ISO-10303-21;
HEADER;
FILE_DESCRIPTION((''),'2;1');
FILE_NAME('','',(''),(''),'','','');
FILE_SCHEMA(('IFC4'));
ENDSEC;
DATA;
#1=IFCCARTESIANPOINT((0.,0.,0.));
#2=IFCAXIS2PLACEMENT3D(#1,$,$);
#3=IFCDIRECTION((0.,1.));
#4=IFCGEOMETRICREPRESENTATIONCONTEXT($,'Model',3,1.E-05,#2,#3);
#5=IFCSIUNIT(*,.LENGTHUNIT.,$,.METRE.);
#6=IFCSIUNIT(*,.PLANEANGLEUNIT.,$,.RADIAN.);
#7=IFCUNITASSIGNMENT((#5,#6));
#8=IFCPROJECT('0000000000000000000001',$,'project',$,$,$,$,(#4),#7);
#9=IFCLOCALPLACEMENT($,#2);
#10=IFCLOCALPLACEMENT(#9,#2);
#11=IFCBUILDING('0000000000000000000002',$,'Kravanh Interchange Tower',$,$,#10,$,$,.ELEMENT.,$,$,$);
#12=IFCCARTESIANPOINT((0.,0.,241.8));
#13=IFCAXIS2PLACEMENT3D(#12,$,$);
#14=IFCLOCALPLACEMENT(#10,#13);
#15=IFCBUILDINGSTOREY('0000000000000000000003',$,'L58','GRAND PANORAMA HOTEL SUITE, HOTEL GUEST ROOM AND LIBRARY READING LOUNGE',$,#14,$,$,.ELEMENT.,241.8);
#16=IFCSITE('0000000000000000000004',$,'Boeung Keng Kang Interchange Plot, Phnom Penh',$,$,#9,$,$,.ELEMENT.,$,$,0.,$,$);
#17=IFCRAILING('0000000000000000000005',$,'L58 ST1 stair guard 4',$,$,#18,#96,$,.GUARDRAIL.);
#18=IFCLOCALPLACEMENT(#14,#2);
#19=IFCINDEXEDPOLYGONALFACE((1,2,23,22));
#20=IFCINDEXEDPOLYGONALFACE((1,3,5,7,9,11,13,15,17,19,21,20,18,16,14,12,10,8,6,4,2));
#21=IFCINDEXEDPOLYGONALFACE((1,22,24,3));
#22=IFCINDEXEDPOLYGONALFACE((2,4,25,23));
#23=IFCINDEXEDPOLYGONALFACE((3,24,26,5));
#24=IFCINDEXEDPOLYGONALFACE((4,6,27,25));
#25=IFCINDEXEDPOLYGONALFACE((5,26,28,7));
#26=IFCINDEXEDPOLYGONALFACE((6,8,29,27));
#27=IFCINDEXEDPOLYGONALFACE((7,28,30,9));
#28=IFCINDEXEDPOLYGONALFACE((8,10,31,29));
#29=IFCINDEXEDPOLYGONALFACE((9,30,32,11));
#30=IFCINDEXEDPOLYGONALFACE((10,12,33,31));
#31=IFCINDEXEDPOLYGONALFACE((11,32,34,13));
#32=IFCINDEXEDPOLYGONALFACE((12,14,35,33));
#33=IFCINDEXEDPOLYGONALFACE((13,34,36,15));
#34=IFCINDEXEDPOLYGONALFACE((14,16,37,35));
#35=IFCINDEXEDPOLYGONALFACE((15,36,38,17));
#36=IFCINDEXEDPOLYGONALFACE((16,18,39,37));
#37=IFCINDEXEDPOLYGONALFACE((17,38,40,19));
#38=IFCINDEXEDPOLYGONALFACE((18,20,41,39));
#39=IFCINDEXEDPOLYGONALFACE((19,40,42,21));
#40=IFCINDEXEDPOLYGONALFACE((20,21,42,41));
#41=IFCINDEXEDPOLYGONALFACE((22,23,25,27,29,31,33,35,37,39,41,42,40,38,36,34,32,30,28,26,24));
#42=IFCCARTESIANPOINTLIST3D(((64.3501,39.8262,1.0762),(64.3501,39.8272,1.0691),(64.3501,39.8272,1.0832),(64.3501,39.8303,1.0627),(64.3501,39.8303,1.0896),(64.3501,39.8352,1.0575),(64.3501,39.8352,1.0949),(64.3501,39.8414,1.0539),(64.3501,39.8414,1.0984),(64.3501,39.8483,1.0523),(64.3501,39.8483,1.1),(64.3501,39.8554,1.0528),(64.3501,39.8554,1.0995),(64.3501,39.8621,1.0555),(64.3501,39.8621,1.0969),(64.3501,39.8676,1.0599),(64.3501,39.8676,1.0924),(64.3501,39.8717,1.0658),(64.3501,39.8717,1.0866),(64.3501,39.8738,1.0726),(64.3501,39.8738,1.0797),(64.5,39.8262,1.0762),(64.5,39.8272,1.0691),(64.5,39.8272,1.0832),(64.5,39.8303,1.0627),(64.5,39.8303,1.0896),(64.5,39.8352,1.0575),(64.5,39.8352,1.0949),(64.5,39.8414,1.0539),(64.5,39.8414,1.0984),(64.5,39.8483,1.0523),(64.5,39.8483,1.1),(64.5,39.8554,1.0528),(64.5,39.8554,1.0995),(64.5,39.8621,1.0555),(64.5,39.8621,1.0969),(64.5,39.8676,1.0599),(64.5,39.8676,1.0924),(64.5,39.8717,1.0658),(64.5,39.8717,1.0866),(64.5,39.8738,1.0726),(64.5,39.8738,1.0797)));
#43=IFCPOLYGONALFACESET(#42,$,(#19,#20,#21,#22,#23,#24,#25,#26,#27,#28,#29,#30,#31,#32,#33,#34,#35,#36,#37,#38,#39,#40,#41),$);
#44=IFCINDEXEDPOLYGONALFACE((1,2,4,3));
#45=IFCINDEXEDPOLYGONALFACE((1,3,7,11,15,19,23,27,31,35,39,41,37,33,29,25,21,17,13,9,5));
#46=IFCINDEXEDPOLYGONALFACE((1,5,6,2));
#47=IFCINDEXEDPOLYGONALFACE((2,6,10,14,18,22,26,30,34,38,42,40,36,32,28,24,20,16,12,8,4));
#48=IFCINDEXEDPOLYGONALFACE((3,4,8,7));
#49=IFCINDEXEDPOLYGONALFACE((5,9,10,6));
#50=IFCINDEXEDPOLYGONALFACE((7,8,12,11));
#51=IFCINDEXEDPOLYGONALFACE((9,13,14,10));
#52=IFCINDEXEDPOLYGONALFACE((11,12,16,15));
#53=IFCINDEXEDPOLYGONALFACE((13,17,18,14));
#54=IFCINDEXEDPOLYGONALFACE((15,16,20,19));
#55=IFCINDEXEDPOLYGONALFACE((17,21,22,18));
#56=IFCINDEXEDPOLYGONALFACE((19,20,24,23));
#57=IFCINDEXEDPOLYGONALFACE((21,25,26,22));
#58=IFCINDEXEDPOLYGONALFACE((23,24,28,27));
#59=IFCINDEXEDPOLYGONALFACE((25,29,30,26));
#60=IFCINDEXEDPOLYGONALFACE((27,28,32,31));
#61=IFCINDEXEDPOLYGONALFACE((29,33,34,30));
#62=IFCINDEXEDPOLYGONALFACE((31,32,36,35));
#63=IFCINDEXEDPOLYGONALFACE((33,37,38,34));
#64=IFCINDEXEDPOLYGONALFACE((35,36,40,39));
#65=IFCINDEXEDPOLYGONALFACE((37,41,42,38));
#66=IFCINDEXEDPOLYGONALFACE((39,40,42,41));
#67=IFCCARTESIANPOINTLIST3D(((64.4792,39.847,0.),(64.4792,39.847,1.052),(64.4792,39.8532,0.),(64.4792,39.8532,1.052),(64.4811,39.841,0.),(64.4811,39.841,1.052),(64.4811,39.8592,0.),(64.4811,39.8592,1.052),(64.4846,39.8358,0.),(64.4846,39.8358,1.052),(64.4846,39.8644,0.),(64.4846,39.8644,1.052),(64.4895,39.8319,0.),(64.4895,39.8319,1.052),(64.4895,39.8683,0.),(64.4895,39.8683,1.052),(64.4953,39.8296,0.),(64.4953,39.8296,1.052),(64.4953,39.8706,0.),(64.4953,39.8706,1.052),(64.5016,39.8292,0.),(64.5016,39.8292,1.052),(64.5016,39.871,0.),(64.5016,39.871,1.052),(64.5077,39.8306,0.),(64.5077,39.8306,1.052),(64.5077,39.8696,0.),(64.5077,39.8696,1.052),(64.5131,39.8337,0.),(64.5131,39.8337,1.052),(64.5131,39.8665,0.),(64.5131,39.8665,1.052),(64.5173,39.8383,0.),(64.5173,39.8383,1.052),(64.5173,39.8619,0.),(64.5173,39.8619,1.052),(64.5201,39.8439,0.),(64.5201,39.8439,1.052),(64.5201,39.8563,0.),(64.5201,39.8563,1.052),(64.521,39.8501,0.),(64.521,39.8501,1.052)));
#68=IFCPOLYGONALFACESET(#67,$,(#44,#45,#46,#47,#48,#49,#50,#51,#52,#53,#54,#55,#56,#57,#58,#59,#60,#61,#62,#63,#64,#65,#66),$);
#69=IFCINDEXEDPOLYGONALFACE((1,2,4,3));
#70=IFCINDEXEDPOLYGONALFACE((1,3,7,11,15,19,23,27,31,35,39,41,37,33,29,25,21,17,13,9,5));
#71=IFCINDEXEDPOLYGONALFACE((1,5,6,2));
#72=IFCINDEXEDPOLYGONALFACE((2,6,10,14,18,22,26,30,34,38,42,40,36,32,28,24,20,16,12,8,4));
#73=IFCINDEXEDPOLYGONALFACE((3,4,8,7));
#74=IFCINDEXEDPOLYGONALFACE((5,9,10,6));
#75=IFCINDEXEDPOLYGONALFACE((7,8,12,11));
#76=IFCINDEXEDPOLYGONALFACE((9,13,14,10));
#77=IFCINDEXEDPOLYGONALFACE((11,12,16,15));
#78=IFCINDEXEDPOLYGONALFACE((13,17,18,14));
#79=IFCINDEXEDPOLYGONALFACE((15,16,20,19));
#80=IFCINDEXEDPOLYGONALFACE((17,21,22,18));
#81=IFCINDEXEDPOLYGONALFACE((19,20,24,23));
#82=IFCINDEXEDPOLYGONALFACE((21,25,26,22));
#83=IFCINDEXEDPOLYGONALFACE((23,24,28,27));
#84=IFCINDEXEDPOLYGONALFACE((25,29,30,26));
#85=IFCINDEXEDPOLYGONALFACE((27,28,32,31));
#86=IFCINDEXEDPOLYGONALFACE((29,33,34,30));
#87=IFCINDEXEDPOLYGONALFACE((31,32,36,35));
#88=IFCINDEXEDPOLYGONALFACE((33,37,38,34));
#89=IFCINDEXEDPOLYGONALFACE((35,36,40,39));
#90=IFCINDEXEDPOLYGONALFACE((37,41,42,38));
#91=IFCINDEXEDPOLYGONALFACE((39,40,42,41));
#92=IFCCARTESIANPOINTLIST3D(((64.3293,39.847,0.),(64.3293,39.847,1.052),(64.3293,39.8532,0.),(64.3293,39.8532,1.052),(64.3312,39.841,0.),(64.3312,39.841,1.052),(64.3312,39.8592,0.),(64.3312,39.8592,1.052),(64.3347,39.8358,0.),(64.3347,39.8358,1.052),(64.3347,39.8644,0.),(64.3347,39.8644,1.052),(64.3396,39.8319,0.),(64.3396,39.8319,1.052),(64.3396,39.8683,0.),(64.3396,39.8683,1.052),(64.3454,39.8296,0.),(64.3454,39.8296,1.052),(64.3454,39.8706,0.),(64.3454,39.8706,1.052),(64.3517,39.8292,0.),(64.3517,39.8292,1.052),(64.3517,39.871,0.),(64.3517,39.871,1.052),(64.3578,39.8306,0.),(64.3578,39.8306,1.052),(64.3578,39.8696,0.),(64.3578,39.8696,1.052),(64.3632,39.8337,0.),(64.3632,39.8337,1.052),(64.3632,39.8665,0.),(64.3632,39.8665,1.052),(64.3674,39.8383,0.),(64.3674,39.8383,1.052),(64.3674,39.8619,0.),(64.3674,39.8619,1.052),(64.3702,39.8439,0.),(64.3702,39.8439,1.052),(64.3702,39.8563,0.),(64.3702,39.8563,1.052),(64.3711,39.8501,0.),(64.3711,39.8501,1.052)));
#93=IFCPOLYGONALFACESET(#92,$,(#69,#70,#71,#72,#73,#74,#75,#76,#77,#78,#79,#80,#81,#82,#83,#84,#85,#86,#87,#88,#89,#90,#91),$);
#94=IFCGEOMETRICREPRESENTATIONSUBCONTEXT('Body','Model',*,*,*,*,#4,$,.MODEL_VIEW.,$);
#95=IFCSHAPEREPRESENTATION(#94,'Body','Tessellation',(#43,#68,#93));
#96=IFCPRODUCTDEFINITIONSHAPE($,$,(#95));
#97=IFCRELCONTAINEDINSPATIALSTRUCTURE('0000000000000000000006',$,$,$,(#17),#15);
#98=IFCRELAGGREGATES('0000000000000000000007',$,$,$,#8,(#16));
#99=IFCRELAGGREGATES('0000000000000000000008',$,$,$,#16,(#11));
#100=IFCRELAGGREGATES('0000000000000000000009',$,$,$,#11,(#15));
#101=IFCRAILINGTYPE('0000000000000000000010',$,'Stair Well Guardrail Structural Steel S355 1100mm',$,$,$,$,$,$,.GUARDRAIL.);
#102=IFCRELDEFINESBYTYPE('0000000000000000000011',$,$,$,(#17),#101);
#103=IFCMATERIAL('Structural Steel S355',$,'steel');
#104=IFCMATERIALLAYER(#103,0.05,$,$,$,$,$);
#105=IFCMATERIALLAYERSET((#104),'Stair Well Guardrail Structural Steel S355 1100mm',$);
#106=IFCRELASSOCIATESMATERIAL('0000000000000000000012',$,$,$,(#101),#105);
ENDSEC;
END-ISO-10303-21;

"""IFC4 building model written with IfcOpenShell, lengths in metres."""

from ifc_helpers import new_model, si_unit, direction, frame, origin, origin_2d, place, context, subcontext, project, spatial, circle, extrude, material, layer, layer_set, type_object, element, save


model = new_model("IFC4")

# Units and contexts
model_context = context("Model", 3, precision=1e-05, world=origin(), true_north=direction((0.0, 1.0)))
body_context = subcontext(model_context, "Body", "Model", "MODEL_VIEW")
ifc_project = project(units=[si_unit("LENGTHUNIT", "METRE"), si_unit("PLANEANGLEUNIT", "RADIAN")], contexts=[model_context])

# Site, building, storey
site_placement = place(None, origin())
site = spatial("IfcSite", under=ifc_project, at=site_placement, Name="Boeung Keng Kang Interchange Plot, Phnom Penh", CompositionType="ELEMENT", RefElevation=0.0)
building_placement = place(site_placement, origin())
building = spatial("IfcBuilding", under=site, at=building_placement, Name="Kravanh Interchange Tower", CompositionType="ELEMENT")
storey_placement = place(building_placement, frame((0.0, 0.0, 241.8)))
storey = spatial("IfcBuildingStorey", under=building, at=storey_placement, Name="L58", Description="GRAND PANORAMA HOTEL SUITE, HOTEL GUEST ROOM AND LIBRARY READING LOUNGE", CompositionType="ELEMENT", Elevation=241.8)

# Railing
ifc_material_1 = material(Name="Structural Steel S355", Category="steel")
ifc_layer_1 = layer(ifc_material_1, 0.05)
ifc_layer_set_1 = layer_set([ifc_layer_1], Name="Stair Well Guardrail Structural Steel S355 1100mm")
railing_type_1 = type_object("IfcRailingType", Name="Stair Well Guardrail Structural Steel S355 1100mm", PredefinedType="GUARDRAIL", material=ifc_layer_set_1)
railing_1_placement = place(storey_placement, frame((64.5, 39.8501, 0.0)))
element("IfcRailing", 1, at=railing_1_placement, inside=storey, type_object=railing_type_1, Name="L58 ST1 stair guard 4", PredefinedType="GUARDRAIL", context=body_context, shape_type="SweptSolid", body=[
    extrude(circle(Radius=0.0239, at=origin_2d()), frame((0.0, 0.0, 1.0762), z_axis=(-1.0, 0.0, 0.0), x_axis=(0.0, -1.0, 0.0)), (0.0, 0.0, 1.0), 0.1499),
    extrude(circle(Radius=0.021, at=origin_2d()), origin(), (0.0, 0.0, 1.0), 1.052),
    extrude(circle(Radius=0.021, at=origin_2d()), frame((-0.1499, 0.0, 0.0)), (0.0, 0.0, 1.0), 1.052),
])

save(model, "model.ifc")
